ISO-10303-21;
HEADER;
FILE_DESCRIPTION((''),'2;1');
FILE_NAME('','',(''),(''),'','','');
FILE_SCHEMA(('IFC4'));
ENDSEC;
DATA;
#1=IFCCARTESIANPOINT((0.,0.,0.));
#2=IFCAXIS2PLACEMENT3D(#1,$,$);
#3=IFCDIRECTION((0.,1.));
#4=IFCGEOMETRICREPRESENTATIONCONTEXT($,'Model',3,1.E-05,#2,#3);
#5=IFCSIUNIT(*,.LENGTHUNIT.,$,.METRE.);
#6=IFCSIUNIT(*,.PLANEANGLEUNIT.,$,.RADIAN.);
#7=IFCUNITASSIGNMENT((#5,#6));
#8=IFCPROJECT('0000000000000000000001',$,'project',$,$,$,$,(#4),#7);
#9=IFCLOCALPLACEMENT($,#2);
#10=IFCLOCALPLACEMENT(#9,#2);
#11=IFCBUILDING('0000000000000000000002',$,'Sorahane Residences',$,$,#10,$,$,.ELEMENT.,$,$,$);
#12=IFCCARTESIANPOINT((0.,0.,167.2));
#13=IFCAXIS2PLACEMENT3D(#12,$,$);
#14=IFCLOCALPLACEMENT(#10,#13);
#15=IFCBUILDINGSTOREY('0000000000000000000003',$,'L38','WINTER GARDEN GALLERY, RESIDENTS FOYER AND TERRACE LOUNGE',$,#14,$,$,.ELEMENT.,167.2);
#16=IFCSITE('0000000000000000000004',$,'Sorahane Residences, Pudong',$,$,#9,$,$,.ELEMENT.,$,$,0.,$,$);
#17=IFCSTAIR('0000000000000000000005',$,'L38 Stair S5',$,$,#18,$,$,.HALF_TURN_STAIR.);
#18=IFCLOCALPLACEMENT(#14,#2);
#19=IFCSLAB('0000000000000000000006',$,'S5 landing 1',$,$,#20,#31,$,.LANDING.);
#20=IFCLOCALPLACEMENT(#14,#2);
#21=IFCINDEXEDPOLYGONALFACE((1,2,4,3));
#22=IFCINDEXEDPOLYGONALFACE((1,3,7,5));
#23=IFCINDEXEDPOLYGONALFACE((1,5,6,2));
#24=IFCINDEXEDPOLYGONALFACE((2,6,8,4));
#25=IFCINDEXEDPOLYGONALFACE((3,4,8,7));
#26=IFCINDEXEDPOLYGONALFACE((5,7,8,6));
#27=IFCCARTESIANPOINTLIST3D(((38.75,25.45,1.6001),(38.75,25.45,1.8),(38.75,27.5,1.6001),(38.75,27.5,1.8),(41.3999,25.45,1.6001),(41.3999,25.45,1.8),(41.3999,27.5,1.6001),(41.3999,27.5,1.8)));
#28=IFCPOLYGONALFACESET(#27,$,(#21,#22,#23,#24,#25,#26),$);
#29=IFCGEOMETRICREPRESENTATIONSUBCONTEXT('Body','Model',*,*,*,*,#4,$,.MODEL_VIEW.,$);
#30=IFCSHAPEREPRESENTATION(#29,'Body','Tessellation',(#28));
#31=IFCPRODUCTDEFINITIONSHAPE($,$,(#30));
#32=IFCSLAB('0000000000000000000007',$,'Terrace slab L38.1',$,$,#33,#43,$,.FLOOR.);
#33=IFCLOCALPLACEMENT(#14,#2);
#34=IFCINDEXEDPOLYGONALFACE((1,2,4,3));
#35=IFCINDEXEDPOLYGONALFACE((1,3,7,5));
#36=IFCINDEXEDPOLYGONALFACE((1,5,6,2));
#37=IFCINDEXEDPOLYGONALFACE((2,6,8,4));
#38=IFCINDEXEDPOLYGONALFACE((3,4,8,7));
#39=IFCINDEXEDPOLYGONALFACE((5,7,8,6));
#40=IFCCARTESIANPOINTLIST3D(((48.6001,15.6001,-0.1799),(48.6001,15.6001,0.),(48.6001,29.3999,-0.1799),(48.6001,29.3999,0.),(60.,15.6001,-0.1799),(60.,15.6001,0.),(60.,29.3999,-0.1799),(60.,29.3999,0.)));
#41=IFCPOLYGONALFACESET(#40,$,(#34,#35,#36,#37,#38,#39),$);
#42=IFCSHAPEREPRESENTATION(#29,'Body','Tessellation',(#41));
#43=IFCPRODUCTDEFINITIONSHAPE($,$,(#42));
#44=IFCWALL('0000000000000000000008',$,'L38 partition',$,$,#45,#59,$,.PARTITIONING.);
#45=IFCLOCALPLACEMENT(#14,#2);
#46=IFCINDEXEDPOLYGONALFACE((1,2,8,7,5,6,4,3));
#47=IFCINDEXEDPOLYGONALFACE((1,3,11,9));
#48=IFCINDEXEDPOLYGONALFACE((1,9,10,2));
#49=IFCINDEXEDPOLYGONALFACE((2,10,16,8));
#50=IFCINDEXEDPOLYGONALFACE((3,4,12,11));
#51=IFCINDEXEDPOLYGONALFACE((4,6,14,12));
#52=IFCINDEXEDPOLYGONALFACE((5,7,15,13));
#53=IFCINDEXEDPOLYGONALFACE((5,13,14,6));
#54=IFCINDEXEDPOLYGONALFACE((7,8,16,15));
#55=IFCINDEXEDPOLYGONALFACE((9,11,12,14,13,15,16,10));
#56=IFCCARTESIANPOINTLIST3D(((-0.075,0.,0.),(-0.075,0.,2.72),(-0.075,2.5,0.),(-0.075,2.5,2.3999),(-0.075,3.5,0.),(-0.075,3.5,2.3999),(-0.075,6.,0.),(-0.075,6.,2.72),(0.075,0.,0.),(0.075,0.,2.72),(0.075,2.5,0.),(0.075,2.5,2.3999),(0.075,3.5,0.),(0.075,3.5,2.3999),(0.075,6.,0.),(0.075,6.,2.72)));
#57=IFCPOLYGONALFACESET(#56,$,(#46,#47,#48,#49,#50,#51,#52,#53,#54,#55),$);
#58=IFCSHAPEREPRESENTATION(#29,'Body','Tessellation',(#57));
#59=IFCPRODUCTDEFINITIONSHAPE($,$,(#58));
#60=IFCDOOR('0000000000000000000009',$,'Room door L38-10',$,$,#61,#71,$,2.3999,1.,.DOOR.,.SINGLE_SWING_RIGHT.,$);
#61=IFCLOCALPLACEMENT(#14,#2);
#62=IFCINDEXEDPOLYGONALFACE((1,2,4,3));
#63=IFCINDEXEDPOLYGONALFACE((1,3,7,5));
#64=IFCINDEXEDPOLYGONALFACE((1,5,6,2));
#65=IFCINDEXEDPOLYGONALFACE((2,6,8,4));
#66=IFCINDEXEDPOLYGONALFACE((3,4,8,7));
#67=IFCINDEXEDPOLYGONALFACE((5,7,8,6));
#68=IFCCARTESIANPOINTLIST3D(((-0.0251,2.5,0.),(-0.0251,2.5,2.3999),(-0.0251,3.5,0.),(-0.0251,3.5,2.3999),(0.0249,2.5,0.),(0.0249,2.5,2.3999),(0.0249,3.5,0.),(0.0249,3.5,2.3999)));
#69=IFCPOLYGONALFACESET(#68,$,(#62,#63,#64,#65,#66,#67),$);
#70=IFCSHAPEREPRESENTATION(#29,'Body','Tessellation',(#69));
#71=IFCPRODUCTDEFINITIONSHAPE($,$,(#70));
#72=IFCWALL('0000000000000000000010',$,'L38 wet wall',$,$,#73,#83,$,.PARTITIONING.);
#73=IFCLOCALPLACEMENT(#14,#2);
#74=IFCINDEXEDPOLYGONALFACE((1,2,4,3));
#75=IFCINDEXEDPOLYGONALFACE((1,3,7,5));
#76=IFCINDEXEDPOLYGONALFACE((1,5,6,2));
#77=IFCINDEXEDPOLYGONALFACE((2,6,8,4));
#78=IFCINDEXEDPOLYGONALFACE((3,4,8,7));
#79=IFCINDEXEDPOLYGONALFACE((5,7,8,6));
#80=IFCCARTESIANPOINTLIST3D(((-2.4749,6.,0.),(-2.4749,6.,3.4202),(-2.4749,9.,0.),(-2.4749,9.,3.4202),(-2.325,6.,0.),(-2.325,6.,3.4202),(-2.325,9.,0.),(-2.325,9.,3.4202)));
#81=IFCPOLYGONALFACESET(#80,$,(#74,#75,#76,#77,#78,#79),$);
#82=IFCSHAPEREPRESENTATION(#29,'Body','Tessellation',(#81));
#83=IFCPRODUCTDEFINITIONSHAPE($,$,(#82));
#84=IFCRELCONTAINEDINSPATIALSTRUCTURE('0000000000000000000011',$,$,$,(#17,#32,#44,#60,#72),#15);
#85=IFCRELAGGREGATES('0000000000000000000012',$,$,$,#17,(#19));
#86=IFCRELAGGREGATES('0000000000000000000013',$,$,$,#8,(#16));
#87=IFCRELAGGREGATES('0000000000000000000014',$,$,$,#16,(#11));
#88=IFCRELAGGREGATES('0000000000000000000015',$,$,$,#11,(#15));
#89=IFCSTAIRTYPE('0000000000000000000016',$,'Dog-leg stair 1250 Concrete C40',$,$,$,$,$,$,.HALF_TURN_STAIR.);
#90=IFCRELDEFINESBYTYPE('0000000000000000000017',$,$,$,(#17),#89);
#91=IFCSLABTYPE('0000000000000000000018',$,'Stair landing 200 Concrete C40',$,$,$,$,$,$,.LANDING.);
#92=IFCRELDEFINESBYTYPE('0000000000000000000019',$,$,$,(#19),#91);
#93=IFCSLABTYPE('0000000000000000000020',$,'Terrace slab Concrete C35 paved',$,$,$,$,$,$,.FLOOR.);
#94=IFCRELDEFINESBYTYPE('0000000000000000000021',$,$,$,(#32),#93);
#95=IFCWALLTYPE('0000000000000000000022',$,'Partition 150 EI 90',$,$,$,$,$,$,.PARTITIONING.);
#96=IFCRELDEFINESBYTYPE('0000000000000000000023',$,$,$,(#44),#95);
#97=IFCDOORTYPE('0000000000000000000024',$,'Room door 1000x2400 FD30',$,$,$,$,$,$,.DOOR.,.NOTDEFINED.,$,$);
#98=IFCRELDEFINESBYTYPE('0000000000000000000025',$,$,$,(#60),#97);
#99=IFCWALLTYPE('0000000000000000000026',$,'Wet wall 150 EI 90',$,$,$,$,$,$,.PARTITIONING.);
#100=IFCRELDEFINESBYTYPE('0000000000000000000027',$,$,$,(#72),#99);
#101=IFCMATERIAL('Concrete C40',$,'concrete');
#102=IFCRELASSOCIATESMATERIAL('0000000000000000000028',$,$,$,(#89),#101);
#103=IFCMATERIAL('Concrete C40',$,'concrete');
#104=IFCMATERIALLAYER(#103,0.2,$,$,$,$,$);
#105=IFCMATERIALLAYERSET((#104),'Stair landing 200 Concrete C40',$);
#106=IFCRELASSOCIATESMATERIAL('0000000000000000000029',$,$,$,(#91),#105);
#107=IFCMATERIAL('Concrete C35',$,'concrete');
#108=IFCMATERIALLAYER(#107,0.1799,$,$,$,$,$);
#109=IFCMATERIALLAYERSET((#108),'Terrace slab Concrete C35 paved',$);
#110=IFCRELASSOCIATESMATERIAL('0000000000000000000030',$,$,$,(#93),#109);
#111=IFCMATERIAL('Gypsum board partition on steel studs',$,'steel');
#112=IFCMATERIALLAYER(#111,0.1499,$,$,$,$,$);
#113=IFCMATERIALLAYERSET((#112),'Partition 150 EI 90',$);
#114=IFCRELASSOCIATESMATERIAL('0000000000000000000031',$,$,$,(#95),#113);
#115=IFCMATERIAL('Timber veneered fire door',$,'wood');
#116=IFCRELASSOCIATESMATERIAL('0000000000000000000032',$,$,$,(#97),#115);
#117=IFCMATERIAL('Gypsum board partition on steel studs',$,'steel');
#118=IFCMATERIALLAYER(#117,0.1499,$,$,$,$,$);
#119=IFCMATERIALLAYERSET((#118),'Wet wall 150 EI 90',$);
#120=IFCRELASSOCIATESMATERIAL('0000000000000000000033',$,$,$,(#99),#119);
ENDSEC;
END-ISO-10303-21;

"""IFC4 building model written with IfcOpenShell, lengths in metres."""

from ifc_helpers import new_model, si_unit, direction, frame, frame_2d, origin, place, context, subcontext, project, spatial, polyline, rectangle, outline, extrude, material, layer, layer_set, type_object, element, fill, aggregate, save


model = new_model("IFC4")

# Units and contexts
model_context = context("Model", 3, precision=1e-05, world=origin(), true_north=direction((0.0, 1.0)))
body_context = subcontext(model_context, "Body", "Model", "MODEL_VIEW")
ifc_project = project(units=[si_unit("LENGTHUNIT", "METRE"), si_unit("PLANEANGLEUNIT", "RADIAN")], contexts=[model_context])

# Site, building, storey
site_placement = place(None, origin())
site = spatial("IfcSite", under=ifc_project, at=site_placement, Name="Sorahane Residences, Pudong", CompositionType="ELEMENT", RefElevation=0.0)
building_placement = place(site_placement, origin())
building = spatial("IfcBuilding", under=site, at=building_placement, Name="Sorahane Residences", CompositionType="ELEMENT")
storey_placement = place(building_placement, frame((0.0, 0.0, 167.2)))
storey = spatial("IfcBuildingStorey", under=building, at=storey_placement, Name="L38", Description="WINTER GARDEN GALLERY, RESIDENTS FOYER AND TERRACE LOUNGE", CompositionType="ELEMENT", Elevation=167.2)

# Stair, slab
ifc_material_1 = material(Name="Concrete C40", Category="concrete")
stair_type = type_object("IfcStairType", Name="Dog-leg stair 1250 Concrete C40", PredefinedType="HALF_TURN_STAIR", material=ifc_material_1)
ifc_material_2 = material(Name="Concrete C40", Category="concrete")
ifc_layer_1 = layer(ifc_material_2, 0.2)
ifc_layer_set_1 = layer_set([ifc_layer_1], Name="Stair landing 200 Concrete C40")
slab_type_1 = type_object("IfcSlabType", Name="Stair landing 200 Concrete C40", PredefinedType="LANDING", material=ifc_layer_set_1)
stair_1_placement = place(storey_placement, origin())
stair_1 = element("IfcStair", 1, at=stair_1_placement, inside=storey, type_object=stair_type, Name="L38 Stair S5", PredefinedType="HALF_TURN_STAIR")
slab_1_placement = place(storey_placement, frame((0.0, 0.0, 1.6001)))
slab_1 = element("IfcSlab", 2, at=slab_1_placement, type_object=slab_type_1, Name="S5 landing 1", PredefinedType="LANDING", context=body_context, shape_type="SweptSolid", body=[
    extrude(outline(polyline([(41.3999, 25.45), (41.3999, 27.5), (38.75, 27.5), (38.75, 25.45), (41.3999, 25.45)])), origin(), (0.0, 0.0, 1.0), 0.2),
])
aggregate(stair_1, [slab_1])

# Slab
ifc_material_3 = material(Name="Concrete C35", Category="concrete")
ifc_layer_2 = layer(ifc_material_3, 0.1799)
ifc_layer_set_2 = layer_set([ifc_layer_2], Name="Terrace slab Concrete C35 paved")
slab_type_2 = type_object("IfcSlabType", Name="Terrace slab Concrete C35 paved", PredefinedType="FLOOR", material=ifc_layer_set_2)
slab_2_placement = place(storey_placement, frame((0.0, 0.0, -0.1799)))
element("IfcSlab", 3, at=slab_2_placement, inside=storey, type_object=slab_type_2, Name="Terrace slab L38.1", PredefinedType="FLOOR", context=body_context, shape_type="SweptSolid", body=[
    extrude(outline(polyline([(60.0, 15.6001), (48.6001, 15.6001), (48.6001, 29.3999), (60.0, 29.3999), (60.0, 15.6001)])), origin(), (0.0, 0.0, 1.0), 0.1799),
])

# Wall, opening, door
ifc_material_4 = material(Name="Gypsum board partition on steel studs", Category="steel")
ifc_layer_3 = layer(ifc_material_4, 0.1499)
ifc_layer_set_3 = layer_set([ifc_layer_3], Name="Partition 150 EI 90")
wall_type_1 = type_object("IfcWallType", Name="Partition 150 EI 90", PredefinedType="PARTITIONING", material=ifc_layer_set_3)
wall_1_placement = place(storey_placement, frame((0.0, 0.0, 0.0), z_axis=(0.0, 0.0, 1.0), x_axis=(0.0, 1.0, 0.0)))
wall_1 = element("IfcWall", 4, at=wall_1_placement, inside=storey, type_object=wall_type_1, Name="L38 partition", PredefinedType="PARTITIONING", context=body_context, shape_type="SweptSolid", body=[
    extrude(rectangle(XDim=6.0, YDim=0.1499, at=frame_2d((3.0, 0.0))), origin(), (0.0, 0.0, 1.0), 2.72),
])
opening_1_placement = place(wall_1_placement, frame((2.5, 0.0, 0.0)))
opening_1 = element("IfcOpeningElement", 5, at=opening_1_placement, cuts=wall_1, PredefinedType="OPENING", context=body_context, shape_type="SweptSolid", body=[
    extrude(rectangle(XDim=1.0, YDim=2.3999, at=frame_2d((0.5, 1.2))), frame((0.0, 0.085, 0.0), z_axis=(0.0, -1.0, 0.0), x_axis=(1.0, 0.0, 0.0)), (0.0, 0.0, 1.0), 0.1699),
])
ifc_material_5 = material(Name="Timber veneered fire door", Category="wood")
door_type = type_object("IfcDoorType", Name="Room door 1000x2400 FD30", OperationType="NOTDEFINED", PredefinedType="DOOR", material=ifc_material_5)
door_1_placement = place(opening_1_placement, frame((1.0, 0.0, 0.0), z_axis=(0.0, 0.0, 1.0), x_axis=(-1.0, 0.0, 0.0)))
door_1 = element("IfcDoor", 6, at=door_1_placement, inside=storey, type_object=door_type, Name="Room door L38-10", OperationType="SINGLE_SWING_RIGHT", OverallHeight=2.3999, OverallWidth=1.0, PredefinedType="DOOR", context=body_context, shape_type="SweptSolid", body=[
    extrude(rectangle(XDim=1.0, YDim=2.3999, at=frame_2d((0.5, 1.2))), frame((0.0, 0.0249, 0.0), z_axis=(0.0, -1.0, 0.0), x_axis=(1.0, 0.0, 0.0)), (0.0, 0.0, 1.0), 0.05),
])
fill(opening_1, door_1)

# Wall
ifc_material_6 = material(Name="Gypsum board partition on steel studs", Category="steel")
ifc_layer_4 = layer(ifc_material_6, 0.1499)
ifc_layer_set_4 = layer_set([ifc_layer_4], Name="Wet wall 150 EI 90")
wall_type_2 = type_object("IfcWallType", Name="Wet wall 150 EI 90", PredefinedType="PARTITIONING", material=ifc_layer_set_4)
wall_2_placement = place(storey_placement, frame((-2.3999, 6.0, 0.0), z_axis=(0.0, 0.0, 1.0), x_axis=(0.0, 1.0, 0.0)))
element("IfcWall", 7, at=wall_2_placement, inside=storey, type_object=wall_type_2, Name="L38 wet wall", PredefinedType="PARTITIONING", context=body_context, shape_type="SweptSolid", body=[
    extrude(rectangle(XDim=3.0, YDim=0.1499, at=frame_2d((1.5, 0.0))), origin(), (0.0, 0.0, 1.0), 3.4202),
])

save(model, "model.ifc")
